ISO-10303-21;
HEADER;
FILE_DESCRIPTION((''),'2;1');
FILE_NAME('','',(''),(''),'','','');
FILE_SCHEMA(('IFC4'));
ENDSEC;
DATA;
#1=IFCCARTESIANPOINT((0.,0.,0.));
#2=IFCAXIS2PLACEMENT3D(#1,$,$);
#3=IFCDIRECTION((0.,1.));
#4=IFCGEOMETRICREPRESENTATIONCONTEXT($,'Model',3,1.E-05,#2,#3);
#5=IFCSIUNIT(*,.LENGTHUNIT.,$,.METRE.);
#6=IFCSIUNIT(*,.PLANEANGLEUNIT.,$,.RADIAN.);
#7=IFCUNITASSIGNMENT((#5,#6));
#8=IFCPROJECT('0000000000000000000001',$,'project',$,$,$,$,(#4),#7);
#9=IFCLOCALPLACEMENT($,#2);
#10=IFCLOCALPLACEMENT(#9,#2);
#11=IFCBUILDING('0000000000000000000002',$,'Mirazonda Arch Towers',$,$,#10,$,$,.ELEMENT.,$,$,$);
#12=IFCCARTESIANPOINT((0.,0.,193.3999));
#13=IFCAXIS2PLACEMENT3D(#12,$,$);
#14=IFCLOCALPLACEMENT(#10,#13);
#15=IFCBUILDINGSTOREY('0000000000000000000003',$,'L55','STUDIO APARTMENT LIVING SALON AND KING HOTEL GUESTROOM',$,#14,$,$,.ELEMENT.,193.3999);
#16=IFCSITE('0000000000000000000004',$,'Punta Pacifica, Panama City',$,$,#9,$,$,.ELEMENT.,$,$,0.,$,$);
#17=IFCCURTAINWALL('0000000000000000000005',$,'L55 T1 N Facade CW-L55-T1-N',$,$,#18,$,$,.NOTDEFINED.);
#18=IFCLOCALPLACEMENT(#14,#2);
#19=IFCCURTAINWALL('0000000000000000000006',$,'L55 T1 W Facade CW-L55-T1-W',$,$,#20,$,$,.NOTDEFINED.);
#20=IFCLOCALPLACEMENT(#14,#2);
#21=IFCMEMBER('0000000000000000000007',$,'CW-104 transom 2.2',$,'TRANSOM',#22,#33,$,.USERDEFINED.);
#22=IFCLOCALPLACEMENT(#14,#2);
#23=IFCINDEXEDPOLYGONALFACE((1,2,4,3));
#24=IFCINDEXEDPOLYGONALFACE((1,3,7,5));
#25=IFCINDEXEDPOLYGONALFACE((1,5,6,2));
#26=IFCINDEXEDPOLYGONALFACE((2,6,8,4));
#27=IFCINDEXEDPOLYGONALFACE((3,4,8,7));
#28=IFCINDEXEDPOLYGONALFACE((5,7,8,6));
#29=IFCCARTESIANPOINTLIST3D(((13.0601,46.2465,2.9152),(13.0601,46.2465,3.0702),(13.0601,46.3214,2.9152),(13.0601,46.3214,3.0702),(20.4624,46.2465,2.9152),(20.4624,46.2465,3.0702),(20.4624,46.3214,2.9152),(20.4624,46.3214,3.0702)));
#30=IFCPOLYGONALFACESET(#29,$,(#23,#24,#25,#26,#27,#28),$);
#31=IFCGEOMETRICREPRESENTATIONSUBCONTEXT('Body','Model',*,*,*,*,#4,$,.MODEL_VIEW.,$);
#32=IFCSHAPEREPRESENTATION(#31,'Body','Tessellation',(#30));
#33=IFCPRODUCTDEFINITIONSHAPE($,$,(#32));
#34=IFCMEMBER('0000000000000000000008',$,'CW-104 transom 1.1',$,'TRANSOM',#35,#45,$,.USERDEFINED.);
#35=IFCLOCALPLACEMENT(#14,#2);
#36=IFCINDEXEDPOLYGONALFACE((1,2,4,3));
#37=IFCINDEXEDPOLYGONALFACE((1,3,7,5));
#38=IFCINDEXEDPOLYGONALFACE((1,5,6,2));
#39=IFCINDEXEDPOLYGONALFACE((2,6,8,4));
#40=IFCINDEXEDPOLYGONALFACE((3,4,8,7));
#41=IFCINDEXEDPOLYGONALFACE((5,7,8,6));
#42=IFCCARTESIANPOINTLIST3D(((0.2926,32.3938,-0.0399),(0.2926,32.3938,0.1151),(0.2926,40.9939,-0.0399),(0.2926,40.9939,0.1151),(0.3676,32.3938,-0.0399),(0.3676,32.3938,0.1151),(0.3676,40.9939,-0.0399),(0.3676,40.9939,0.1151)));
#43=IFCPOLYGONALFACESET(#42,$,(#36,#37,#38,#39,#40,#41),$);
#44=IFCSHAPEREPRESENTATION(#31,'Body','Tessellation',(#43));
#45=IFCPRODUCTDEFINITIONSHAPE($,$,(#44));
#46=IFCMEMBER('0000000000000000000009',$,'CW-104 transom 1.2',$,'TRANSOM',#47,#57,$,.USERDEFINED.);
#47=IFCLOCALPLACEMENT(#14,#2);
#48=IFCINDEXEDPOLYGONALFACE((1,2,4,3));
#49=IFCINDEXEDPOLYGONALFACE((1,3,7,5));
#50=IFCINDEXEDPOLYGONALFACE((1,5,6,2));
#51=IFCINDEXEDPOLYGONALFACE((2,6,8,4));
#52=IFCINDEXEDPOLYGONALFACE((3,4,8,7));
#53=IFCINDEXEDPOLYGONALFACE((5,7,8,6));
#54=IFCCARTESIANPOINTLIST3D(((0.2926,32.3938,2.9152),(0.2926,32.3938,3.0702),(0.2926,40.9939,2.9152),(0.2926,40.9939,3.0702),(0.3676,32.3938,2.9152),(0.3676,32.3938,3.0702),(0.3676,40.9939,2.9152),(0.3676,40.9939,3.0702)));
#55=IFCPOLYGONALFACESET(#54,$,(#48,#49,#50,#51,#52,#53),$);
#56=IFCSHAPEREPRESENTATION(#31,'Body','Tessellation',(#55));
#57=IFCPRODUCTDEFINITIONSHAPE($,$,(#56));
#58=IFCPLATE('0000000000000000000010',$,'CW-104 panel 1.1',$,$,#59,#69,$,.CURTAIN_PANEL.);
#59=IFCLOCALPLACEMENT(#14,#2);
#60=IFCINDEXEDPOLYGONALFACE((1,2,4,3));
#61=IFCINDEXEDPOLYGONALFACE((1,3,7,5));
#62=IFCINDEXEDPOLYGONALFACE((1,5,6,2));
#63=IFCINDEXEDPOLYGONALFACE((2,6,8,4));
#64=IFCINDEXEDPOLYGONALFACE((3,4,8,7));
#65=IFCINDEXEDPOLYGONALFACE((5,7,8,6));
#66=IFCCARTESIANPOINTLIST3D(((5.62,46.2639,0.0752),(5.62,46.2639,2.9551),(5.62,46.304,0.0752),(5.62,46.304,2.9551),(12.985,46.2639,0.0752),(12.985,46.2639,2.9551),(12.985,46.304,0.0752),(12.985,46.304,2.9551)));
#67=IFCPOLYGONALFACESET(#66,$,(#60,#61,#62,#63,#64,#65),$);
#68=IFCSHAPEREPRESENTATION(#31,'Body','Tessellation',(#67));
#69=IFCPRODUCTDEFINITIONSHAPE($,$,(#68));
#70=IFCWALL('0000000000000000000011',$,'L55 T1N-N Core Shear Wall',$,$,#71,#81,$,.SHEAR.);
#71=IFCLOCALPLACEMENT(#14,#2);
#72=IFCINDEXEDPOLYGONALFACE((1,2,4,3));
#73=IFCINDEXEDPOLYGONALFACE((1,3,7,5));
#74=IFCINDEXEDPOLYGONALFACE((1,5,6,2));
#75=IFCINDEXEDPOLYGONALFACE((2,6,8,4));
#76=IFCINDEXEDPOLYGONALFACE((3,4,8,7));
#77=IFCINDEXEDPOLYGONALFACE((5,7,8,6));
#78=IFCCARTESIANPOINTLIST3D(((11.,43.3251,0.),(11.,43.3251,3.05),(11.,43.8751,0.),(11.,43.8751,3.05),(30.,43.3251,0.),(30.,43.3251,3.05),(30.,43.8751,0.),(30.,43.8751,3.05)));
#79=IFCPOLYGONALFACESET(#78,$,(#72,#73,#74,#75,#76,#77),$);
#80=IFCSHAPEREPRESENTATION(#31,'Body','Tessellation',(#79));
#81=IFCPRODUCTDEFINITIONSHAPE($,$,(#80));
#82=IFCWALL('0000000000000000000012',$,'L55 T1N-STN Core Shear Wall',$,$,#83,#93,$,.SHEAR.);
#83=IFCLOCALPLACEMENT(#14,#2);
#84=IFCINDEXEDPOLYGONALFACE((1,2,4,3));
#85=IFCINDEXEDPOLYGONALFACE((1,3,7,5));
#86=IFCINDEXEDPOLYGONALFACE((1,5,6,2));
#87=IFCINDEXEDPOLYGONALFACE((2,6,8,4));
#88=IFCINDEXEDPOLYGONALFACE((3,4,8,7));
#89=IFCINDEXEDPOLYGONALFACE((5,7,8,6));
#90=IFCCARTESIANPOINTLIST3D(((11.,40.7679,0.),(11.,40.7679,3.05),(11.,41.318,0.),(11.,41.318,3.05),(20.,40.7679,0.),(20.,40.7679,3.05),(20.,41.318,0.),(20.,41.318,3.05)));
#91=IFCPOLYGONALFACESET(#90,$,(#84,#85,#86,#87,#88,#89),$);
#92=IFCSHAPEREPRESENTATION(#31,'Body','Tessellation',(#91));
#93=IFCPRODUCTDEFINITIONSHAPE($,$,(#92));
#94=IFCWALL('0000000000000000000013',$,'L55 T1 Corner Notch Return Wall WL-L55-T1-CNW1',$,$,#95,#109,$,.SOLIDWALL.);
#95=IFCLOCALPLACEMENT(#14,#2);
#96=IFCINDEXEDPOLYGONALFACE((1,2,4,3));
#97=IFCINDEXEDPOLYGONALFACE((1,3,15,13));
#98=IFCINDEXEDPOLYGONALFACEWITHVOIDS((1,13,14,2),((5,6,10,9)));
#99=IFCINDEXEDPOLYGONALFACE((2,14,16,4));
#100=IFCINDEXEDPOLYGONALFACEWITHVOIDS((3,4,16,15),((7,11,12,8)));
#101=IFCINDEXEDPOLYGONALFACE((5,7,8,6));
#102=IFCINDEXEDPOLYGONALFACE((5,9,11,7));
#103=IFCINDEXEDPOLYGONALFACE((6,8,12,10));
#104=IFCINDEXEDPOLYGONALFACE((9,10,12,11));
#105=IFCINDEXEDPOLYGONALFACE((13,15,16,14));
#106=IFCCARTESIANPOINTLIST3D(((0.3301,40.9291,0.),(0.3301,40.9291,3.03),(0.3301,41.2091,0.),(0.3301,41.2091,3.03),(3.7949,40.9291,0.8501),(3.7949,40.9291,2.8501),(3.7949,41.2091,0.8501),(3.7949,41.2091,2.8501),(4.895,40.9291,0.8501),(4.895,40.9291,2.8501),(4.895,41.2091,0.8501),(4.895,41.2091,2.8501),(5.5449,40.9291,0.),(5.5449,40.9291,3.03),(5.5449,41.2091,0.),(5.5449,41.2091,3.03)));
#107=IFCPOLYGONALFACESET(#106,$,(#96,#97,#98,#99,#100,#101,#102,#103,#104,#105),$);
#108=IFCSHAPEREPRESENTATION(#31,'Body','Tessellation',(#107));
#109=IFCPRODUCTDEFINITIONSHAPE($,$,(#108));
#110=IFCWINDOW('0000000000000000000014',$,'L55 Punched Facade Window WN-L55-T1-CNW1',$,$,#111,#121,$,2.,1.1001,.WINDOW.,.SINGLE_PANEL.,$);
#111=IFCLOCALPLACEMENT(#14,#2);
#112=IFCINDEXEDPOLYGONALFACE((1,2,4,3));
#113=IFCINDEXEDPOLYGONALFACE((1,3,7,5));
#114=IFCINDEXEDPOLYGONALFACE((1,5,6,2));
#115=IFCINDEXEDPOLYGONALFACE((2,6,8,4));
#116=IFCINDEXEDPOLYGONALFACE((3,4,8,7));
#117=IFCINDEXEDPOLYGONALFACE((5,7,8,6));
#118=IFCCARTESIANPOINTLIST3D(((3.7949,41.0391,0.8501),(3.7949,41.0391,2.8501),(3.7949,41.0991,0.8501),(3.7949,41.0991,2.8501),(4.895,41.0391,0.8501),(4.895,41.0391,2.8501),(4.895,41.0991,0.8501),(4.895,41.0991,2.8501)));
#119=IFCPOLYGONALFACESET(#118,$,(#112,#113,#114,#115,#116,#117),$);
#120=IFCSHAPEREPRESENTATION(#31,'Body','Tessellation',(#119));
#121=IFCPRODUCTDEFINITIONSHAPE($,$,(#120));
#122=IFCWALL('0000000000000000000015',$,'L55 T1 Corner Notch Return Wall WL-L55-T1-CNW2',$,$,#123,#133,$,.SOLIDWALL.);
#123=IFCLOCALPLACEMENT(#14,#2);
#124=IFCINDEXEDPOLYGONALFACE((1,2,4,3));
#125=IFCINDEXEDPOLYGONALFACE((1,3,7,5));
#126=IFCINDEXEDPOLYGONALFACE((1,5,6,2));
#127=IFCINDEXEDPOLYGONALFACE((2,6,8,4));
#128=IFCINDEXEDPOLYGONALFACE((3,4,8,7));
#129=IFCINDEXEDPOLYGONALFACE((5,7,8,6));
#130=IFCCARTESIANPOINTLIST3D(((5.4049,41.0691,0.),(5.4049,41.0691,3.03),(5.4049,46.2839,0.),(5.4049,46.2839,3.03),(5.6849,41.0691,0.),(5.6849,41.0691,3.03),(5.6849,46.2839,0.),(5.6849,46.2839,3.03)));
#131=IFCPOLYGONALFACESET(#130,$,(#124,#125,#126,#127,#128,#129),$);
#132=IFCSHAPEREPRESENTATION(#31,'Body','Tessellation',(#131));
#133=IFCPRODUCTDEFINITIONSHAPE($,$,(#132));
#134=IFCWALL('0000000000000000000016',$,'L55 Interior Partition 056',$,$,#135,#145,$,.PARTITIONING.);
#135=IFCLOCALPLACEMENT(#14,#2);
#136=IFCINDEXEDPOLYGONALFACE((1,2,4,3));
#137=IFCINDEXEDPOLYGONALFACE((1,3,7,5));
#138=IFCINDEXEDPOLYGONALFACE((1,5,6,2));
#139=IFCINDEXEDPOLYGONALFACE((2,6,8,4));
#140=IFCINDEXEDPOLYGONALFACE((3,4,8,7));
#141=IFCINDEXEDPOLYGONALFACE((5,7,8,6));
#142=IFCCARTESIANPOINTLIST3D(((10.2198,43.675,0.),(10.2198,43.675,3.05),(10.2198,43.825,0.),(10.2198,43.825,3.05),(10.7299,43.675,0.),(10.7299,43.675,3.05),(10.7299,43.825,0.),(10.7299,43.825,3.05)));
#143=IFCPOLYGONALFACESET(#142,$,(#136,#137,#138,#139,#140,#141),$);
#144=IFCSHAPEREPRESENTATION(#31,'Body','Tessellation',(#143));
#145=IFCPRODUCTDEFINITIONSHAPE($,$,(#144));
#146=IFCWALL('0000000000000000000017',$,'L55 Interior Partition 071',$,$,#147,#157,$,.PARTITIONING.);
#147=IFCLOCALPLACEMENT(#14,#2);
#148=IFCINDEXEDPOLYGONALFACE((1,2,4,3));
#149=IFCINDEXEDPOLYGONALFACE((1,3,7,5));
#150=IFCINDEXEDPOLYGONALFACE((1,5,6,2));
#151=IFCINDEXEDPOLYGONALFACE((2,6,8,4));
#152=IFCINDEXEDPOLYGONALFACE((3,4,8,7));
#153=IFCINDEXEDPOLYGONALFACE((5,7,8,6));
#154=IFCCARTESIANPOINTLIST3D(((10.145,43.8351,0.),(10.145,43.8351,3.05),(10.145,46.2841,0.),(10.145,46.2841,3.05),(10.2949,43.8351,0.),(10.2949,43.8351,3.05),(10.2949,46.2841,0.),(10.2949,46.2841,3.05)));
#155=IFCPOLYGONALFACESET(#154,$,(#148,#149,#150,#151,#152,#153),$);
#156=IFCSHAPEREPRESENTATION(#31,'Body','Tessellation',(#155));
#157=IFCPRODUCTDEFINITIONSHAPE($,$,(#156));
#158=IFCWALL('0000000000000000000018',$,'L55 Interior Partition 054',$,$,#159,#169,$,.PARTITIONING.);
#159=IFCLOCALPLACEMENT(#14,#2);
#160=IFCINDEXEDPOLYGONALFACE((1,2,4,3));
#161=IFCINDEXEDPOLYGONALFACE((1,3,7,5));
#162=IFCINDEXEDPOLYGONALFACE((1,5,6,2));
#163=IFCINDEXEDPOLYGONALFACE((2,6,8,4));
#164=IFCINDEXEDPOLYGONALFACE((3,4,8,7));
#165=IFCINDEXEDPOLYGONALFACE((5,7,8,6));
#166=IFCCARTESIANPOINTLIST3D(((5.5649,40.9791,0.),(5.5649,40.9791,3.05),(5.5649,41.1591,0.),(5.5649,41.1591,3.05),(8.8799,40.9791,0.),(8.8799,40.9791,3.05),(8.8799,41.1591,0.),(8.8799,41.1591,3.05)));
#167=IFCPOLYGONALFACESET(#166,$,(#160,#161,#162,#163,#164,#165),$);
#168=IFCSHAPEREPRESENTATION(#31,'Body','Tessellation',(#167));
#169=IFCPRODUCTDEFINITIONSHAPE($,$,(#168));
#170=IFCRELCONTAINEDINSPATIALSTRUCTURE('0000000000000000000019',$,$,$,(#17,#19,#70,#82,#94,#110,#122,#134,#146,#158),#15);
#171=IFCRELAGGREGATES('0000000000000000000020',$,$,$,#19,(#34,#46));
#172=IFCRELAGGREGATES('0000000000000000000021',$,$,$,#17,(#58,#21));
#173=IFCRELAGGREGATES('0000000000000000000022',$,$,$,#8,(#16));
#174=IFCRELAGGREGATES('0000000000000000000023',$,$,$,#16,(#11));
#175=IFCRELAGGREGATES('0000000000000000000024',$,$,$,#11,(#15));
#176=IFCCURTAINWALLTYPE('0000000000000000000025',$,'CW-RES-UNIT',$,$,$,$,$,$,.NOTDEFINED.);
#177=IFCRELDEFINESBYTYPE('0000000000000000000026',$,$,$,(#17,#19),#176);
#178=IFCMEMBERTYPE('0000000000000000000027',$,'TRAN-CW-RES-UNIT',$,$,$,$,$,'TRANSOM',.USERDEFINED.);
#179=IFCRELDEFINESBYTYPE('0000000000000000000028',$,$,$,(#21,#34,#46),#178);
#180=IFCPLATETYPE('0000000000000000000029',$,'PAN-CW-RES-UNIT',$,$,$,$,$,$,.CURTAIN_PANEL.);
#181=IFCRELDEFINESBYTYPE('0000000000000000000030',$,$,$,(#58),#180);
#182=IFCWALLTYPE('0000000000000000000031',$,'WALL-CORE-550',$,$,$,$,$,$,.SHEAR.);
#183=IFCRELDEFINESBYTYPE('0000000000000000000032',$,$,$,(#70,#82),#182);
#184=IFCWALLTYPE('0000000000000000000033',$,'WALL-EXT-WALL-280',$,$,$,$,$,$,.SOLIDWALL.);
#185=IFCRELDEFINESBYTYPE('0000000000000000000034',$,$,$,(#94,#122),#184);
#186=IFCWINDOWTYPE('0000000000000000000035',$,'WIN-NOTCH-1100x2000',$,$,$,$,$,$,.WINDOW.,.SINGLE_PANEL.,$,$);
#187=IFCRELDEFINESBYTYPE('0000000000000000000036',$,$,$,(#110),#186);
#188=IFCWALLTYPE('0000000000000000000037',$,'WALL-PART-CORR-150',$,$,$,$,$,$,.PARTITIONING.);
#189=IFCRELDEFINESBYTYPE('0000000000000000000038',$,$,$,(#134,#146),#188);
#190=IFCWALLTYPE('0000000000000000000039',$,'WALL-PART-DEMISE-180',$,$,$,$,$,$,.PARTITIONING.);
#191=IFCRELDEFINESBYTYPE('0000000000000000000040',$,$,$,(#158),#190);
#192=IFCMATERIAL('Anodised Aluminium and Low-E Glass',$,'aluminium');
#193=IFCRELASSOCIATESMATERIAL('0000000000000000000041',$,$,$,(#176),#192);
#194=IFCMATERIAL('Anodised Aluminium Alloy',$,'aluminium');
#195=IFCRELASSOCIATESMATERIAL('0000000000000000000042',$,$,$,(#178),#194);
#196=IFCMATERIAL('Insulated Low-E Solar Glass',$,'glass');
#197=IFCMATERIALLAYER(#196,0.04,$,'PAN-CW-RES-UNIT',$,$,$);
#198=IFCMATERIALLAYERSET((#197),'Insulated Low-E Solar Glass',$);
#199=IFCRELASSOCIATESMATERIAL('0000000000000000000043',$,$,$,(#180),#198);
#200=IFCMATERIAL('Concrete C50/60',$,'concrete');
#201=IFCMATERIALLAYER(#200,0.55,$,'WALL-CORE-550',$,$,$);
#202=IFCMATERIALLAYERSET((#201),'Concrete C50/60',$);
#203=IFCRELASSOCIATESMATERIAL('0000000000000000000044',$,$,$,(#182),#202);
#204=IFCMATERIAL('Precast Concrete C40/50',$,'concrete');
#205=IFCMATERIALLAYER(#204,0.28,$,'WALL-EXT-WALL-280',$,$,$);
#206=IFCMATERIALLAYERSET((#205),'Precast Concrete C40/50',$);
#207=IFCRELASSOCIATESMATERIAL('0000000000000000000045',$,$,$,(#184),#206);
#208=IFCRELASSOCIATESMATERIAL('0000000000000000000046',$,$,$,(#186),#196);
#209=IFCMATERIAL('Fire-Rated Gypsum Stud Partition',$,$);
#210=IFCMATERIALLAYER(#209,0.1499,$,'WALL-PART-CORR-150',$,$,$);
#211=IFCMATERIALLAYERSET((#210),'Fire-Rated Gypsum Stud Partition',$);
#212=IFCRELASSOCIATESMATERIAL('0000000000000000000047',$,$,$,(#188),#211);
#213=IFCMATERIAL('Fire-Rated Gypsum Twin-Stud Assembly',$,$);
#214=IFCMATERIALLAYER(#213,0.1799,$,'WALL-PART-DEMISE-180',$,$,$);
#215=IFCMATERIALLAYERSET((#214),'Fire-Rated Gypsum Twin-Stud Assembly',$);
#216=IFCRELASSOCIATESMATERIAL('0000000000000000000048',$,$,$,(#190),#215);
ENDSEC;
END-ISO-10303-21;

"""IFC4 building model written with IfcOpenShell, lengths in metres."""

from ifc_helpers import new_model, si_unit, direction, frame, frame_2d, origin, origin_2d, place, context, subcontext, project, spatial, rectangle, extrude, material, layer, layer_set, material_profile, profile_set, type_object, element, fill, aggregate, save


model = new_model("IFC4")

# Units and contexts
model_context = context("Model", 3, precision=1e-05, world=origin(), true_north=direction((0.0, 1.0)))
body_context = subcontext(model_context, "Body", "Model", "MODEL_VIEW")
ifc_project = project(units=[si_unit("LENGTHUNIT", "METRE"), si_unit("PLANEANGLEUNIT", "RADIAN")], contexts=[model_context])

# Site, building, storey
site_placement = place(None, origin())
site = spatial("IfcSite", under=ifc_project, at=site_placement, Name="Punta Pacifica, Panama City", CompositionType="ELEMENT", RefElevation=0.0)
building_placement = place(site_placement, origin())
building = spatial("IfcBuilding", under=site, at=building_placement, Name="Mirazonda Arch Towers", CompositionType="ELEMENT")
storey_placement = place(building_placement, frame((0.0, 0.0, 193.3999)))
storey = spatial("IfcBuildingStorey", under=building, at=storey_placement, Name="L55", Description="STUDIO APARTMENT LIVING SALON AND KING HOTEL GUESTROOM", CompositionType="ELEMENT", Elevation=193.3999)

# Shared definitions
ifc_material_1 = material(Name="Concrete C50/60", Category="concrete")

# Curtain wall
ifc_material_2 = material(Name="Anodised Aluminium and Low-E Glass", Category="aluminium")
curtain_wall_type = type_object("IfcCurtainWallType", Name="CW-RES-UNIT", PredefinedType="NOTDEFINED", material=ifc_material_2)
curtain_wall_1_placement = place(storey_placement, origin())
curtain_wall_1 = element("IfcCurtainWall", 1, at=curtain_wall_1_placement, inside=storey, type_object=curtain_wall_type, Name="L55 T1 N Facade CW-L55-T1-N", PredefinedType="NOTDEFINED")
ifc_material_3 = material(Name="Anodised Aluminium Alloy", Category="aluminium")

# Curtain wall
curtain_wall_2_placement = place(storey_placement, origin())
curtain_wall_2 = element("IfcCurtainWall", 2, at=curtain_wall_2_placement, inside=storey, type_object=curtain_wall_type, Name="L55 T1 W Facade CW-L55-T1-W", PredefinedType="NOTDEFINED")

# Members
ifc_material_profile_1 = material_profile(ifc_material_3, rectangle(XDim=0.075, YDim=0.155, at=origin_2d()), Name="ALU-TRAN-75x155")
ifc_profile_set_1 = profile_set([ifc_material_profile_1], Name="Anodised Aluminium Alloy")
member_type_1 = type_object("IfcMemberType", Name="TRAN-CW-RES-UNIT", ElementType="TRANSOM", PredefinedType="USERDEFINED", material=ifc_profile_set_1)
member_1_placement = place(storey_placement, frame((13.0601, 46.2839, 2.9927), z_axis=(1.0, 0.0, 0.0), x_axis=(0.0, 1.0, 0.0)))
member_1 = element("IfcMember", 3, at=member_1_placement, type_object=member_type_1, Name="CW-104 transom 2.2", ObjectType="TRANSOM", PredefinedType="USERDEFINED", context=body_context, shape_type="SweptSolid", body=[
    extrude(rectangle(XDim=0.075, YDim=0.155, at=origin_2d()), origin(), (0.0, 0.0, 1.0), 7.4023),
])
member_2_placement = place(storey_placement, frame((0.3301, 40.9939, 0.0376), z_axis=(0.0, -1.0, 0.0), x_axis=(1.0, 0.0, 0.0)))
member_2 = element("IfcMember", 4, at=member_2_placement, type_object=member_type_1, Name="CW-104 transom 1.1", ObjectType="TRANSOM", PredefinedType="USERDEFINED", context=body_context, shape_type="SweptSolid", body=[
    extrude(rectangle(XDim=0.075, YDim=0.155, at=origin_2d()), origin(), (0.0, 0.0, 1.0), 8.6001),
])
member_3_placement = place(storey_placement, frame((0.3301, 40.9939, 2.9927), z_axis=(0.0, -1.0, 0.0), x_axis=(1.0, 0.0, 0.0)))
member_3 = element("IfcMember", 5, at=member_3_placement, type_object=member_type_1, Name="CW-104 transom 1.2", ObjectType="TRANSOM", PredefinedType="USERDEFINED", context=body_context, shape_type="SweptSolid", body=[
    extrude(rectangle(XDim=0.075, YDim=0.155, at=origin_2d()), origin(), (0.0, 0.0, 1.0), 8.6001),
])
aggregate(curtain_wall_2, [member_2, member_3])

# Plate
ifc_material_4 = material(Name="Insulated Low-E Solar Glass", Category="glass")
ifc_layer_1 = layer(ifc_material_4, 0.04, Name="PAN-CW-RES-UNIT")
ifc_layer_set_1 = layer_set([ifc_layer_1], Name="Insulated Low-E Solar Glass")
plate_type = type_object("IfcPlateType", Name="PAN-CW-RES-UNIT", PredefinedType="CURTAIN_PANEL", material=ifc_layer_set_1)
plate_placement = place(storey_placement, frame((9.3025, 46.2839, 0.0752), z_axis=(0.0, 0.0, 1.0), x_axis=(1.0, 0.0, 0.0)))
plate = element("IfcPlate", 6, at=plate_placement, type_object=plate_type, Name="CW-104 panel 1.1", PredefinedType="CURTAIN_PANEL", context=body_context, shape_type="SweptSolid", body=[
    extrude(rectangle(XDim=7.365, YDim=0.04, at=origin_2d()), origin(), (0.0, 0.0, 1.0), 2.8799),
])
aggregate(curtain_wall_1, [plate, member_1])

# Walls
ifc_layer_2 = layer(ifc_material_1, 0.55, Name="WALL-CORE-550")
ifc_layer_set_2 = layer_set([ifc_layer_2], Name="Concrete C50/60")
wall_type_1 = type_object("IfcWallType", Name="WALL-CORE-550", PredefinedType="SHEAR", material=ifc_layer_set_2)
wall_1_placement = place(storey_placement, frame((11.0, 43.6001, 0.0), z_axis=(0.0, 0.0, 1.0), x_axis=(1.0, 0.0, 0.0)))
element("IfcWall", 7, at=wall_1_placement, inside=storey, type_object=wall_type_1, Name="L55 T1N-N Core Shear Wall", PredefinedType="SHEAR", context=body_context, shape_type="SweptSolid", body=[
    extrude(rectangle(XDim=19.0, YDim=0.55, at=frame_2d((9.5, 0.0))), origin(), (0.0, 0.0, 1.0), 3.05),
])
wall_2_placement = place(storey_placement, frame((11.0, 41.043, 0.0), z_axis=(0.0, 0.0, 1.0), x_axis=(1.0, 0.0, 0.0)))
element("IfcWall", 8, at=wall_2_placement, inside=storey, type_object=wall_type_1, Name="L55 T1N-STN Core Shear Wall", PredefinedType="SHEAR", context=body_context, shape_type="SweptSolid", body=[
    extrude(rectangle(XDim=9.0, YDim=0.55, at=frame_2d((4.5, 0.0))), origin(), (0.0, 0.0, 1.0), 3.05),
])

# Wall, opening, window
ifc_material_5 = material(Name="Precast Concrete C40/50", Category="concrete")
ifc_layer_3 = layer(ifc_material_5, 0.28, Name="WALL-EXT-WALL-280")
ifc_layer_set_3 = layer_set([ifc_layer_3], Name="Precast Concrete C40/50")
wall_type_2 = type_object("IfcWallType", Name="WALL-EXT-WALL-280", PredefinedType="SOLIDWALL", material=ifc_layer_set_3)
wall_3_placement = place(storey_placement, frame((5.5449, 41.0691, 0.0), z_axis=(0.0, 0.0, 1.0), x_axis=(-1.0, 0.0, 0.0)))
wall_3 = element("IfcWall", 9, at=wall_3_placement, inside=storey, type_object=wall_type_2, Name="L55 T1 Corner Notch Return Wall WL-L55-T1-CNW1", PredefinedType="SOLIDWALL", context=body_context, shape_type="SweptSolid", body=[
    extrude(rectangle(XDim=5.2148, YDim=0.28, at=frame_2d((2.6074, 0.0))), origin(), (0.0, 0.0, 1.0), 3.03),
])
opening_1_placement = place(wall_3_placement, frame((0.6499, 0.0, 0.8501)))
opening_1 = element("IfcOpeningElement", 10, at=opening_1_placement, cuts=wall_3, PredefinedType="OPENING", context=body_context, shape_type="SweptSolid", body=[
    extrude(rectangle(XDim=1.1001, YDim=2.0, at=frame_2d((0.55, 1.0))), frame((0.0, 0.1499, 0.0), z_axis=(0.0, -1.0, 0.0), x_axis=(1.0, 0.0, 0.0)), (0.0, 0.0, 1.0), 0.3),
])
window_type = type_object("IfcWindowType", Name="WIN-NOTCH-1100x2000", PartitioningType="SINGLE_PANEL", PredefinedType="WINDOW", material=ifc_material_4)
window_placement = place(opening_1_placement, origin())
window = element("IfcWindow", 11, at=window_placement, inside=storey, type_object=window_type, Name="L55 Punched Facade Window WN-L55-T1-CNW1", OverallHeight=2.0, OverallWidth=1.1001, PartitioningType="SINGLE_PANEL", PredefinedType="WINDOW", context=body_context, shape_type="SweptSolid", body=[
    extrude(rectangle(XDim=1.1001, YDim=2.0, at=frame_2d((0.55, 1.0))), frame((0.0, 0.03, 0.0), z_axis=(0.0, -1.0, 0.0), x_axis=(1.0, 0.0, 0.0)), (0.0, 0.0, 1.0), 0.0601),
])
fill(opening_1, window)

# Walls
wall_4_placement = place(storey_placement, frame((5.5449, 46.2839, 0.0), z_axis=(0.0, 0.0, 1.0), x_axis=(0.0, -1.0, 0.0)))
element("IfcWall", 12, at=wall_4_placement, inside=storey, type_object=wall_type_2, Name="L55 T1 Corner Notch Return Wall WL-L55-T1-CNW2", PredefinedType="SOLIDWALL", context=body_context, shape_type="SweptSolid", body=[
    extrude(rectangle(XDim=5.2148, YDim=0.28, at=frame_2d((2.6074, 0.0))), origin(), (0.0, 0.0, 1.0), 3.03),
])
ifc_material_6 = material(Name="Fire-Rated Gypsum Stud Partition")
ifc_layer_4 = layer(ifc_material_6, 0.1499, Name="WALL-PART-CORR-150")
ifc_layer_set_4 = layer_set([ifc_layer_4], Name="Fire-Rated Gypsum Stud Partition")
wall_type_3 = type_object("IfcWallType", Name="WALL-PART-CORR-150", PredefinedType="PARTITIONING", material=ifc_layer_set_4)
wall_5_placement = place(storey_placement, frame((10.22, 43.75, 0.0), z_axis=(0.0, 0.0, 1.0), x_axis=(1.0, 0.0, 0.0)))
element("IfcWall", 13, at=wall_5_placement, inside=storey, type_object=wall_type_3, Name="L55 Interior Partition 056", PredefinedType="PARTITIONING", context=body_context, shape_type="SweptSolid", body=[
    extrude(rectangle(XDim=0.51, YDim=0.1499, at=frame_2d((0.2549, 0.0))), origin(), (0.0, 0.0, 1.0), 3.05),
])
wall_6_placement = place(storey_placement, frame((10.22, 43.835, 0.0), z_axis=(0.0, 0.0, 1.0), x_axis=(0.0, 1.0, 0.0)))
element("IfcWall", 14, at=wall_6_placement, inside=storey, type_object=wall_type_3, Name="L55 Interior Partition 071", PredefinedType="PARTITIONING", context=body_context, shape_type="SweptSolid", body=[
    extrude(rectangle(XDim=2.449, YDim=0.1499, at=frame_2d((1.2246, 0.0))), origin(), (0.0, 0.0, 1.0), 3.05),
])
ifc_material_7 = material(Name="Fire-Rated Gypsum Twin-Stud Assembly")
ifc_layer_5 = layer(ifc_material_7, 0.1799, Name="WALL-PART-DEMISE-180")
ifc_layer_set_5 = layer_set([ifc_layer_5], Name="Fire-Rated Gypsum Twin-Stud Assembly")
wall_type_4 = type_object("IfcWallType", Name="WALL-PART-DEMISE-180", PredefinedType="PARTITIONING", material=ifc_layer_set_5)
wall_7_placement = place(storey_placement, frame((5.5649, 41.0691, 0.0), z_axis=(0.0, 0.0, 1.0), x_axis=(1.0, 0.0, 0.0)))
element("IfcWall", 15, at=wall_7_placement, inside=storey, type_object=wall_type_4, Name="L55 Interior Partition 054", PredefinedType="PARTITIONING", context=body_context, shape_type="SweptSolid", body=[
    extrude(rectangle(XDim=3.3149, YDim=0.1799, at=frame_2d((1.6575, 0.0))), origin(), (0.0, 0.0, 1.0), 3.05),
])

save(model, "model.ifc")
